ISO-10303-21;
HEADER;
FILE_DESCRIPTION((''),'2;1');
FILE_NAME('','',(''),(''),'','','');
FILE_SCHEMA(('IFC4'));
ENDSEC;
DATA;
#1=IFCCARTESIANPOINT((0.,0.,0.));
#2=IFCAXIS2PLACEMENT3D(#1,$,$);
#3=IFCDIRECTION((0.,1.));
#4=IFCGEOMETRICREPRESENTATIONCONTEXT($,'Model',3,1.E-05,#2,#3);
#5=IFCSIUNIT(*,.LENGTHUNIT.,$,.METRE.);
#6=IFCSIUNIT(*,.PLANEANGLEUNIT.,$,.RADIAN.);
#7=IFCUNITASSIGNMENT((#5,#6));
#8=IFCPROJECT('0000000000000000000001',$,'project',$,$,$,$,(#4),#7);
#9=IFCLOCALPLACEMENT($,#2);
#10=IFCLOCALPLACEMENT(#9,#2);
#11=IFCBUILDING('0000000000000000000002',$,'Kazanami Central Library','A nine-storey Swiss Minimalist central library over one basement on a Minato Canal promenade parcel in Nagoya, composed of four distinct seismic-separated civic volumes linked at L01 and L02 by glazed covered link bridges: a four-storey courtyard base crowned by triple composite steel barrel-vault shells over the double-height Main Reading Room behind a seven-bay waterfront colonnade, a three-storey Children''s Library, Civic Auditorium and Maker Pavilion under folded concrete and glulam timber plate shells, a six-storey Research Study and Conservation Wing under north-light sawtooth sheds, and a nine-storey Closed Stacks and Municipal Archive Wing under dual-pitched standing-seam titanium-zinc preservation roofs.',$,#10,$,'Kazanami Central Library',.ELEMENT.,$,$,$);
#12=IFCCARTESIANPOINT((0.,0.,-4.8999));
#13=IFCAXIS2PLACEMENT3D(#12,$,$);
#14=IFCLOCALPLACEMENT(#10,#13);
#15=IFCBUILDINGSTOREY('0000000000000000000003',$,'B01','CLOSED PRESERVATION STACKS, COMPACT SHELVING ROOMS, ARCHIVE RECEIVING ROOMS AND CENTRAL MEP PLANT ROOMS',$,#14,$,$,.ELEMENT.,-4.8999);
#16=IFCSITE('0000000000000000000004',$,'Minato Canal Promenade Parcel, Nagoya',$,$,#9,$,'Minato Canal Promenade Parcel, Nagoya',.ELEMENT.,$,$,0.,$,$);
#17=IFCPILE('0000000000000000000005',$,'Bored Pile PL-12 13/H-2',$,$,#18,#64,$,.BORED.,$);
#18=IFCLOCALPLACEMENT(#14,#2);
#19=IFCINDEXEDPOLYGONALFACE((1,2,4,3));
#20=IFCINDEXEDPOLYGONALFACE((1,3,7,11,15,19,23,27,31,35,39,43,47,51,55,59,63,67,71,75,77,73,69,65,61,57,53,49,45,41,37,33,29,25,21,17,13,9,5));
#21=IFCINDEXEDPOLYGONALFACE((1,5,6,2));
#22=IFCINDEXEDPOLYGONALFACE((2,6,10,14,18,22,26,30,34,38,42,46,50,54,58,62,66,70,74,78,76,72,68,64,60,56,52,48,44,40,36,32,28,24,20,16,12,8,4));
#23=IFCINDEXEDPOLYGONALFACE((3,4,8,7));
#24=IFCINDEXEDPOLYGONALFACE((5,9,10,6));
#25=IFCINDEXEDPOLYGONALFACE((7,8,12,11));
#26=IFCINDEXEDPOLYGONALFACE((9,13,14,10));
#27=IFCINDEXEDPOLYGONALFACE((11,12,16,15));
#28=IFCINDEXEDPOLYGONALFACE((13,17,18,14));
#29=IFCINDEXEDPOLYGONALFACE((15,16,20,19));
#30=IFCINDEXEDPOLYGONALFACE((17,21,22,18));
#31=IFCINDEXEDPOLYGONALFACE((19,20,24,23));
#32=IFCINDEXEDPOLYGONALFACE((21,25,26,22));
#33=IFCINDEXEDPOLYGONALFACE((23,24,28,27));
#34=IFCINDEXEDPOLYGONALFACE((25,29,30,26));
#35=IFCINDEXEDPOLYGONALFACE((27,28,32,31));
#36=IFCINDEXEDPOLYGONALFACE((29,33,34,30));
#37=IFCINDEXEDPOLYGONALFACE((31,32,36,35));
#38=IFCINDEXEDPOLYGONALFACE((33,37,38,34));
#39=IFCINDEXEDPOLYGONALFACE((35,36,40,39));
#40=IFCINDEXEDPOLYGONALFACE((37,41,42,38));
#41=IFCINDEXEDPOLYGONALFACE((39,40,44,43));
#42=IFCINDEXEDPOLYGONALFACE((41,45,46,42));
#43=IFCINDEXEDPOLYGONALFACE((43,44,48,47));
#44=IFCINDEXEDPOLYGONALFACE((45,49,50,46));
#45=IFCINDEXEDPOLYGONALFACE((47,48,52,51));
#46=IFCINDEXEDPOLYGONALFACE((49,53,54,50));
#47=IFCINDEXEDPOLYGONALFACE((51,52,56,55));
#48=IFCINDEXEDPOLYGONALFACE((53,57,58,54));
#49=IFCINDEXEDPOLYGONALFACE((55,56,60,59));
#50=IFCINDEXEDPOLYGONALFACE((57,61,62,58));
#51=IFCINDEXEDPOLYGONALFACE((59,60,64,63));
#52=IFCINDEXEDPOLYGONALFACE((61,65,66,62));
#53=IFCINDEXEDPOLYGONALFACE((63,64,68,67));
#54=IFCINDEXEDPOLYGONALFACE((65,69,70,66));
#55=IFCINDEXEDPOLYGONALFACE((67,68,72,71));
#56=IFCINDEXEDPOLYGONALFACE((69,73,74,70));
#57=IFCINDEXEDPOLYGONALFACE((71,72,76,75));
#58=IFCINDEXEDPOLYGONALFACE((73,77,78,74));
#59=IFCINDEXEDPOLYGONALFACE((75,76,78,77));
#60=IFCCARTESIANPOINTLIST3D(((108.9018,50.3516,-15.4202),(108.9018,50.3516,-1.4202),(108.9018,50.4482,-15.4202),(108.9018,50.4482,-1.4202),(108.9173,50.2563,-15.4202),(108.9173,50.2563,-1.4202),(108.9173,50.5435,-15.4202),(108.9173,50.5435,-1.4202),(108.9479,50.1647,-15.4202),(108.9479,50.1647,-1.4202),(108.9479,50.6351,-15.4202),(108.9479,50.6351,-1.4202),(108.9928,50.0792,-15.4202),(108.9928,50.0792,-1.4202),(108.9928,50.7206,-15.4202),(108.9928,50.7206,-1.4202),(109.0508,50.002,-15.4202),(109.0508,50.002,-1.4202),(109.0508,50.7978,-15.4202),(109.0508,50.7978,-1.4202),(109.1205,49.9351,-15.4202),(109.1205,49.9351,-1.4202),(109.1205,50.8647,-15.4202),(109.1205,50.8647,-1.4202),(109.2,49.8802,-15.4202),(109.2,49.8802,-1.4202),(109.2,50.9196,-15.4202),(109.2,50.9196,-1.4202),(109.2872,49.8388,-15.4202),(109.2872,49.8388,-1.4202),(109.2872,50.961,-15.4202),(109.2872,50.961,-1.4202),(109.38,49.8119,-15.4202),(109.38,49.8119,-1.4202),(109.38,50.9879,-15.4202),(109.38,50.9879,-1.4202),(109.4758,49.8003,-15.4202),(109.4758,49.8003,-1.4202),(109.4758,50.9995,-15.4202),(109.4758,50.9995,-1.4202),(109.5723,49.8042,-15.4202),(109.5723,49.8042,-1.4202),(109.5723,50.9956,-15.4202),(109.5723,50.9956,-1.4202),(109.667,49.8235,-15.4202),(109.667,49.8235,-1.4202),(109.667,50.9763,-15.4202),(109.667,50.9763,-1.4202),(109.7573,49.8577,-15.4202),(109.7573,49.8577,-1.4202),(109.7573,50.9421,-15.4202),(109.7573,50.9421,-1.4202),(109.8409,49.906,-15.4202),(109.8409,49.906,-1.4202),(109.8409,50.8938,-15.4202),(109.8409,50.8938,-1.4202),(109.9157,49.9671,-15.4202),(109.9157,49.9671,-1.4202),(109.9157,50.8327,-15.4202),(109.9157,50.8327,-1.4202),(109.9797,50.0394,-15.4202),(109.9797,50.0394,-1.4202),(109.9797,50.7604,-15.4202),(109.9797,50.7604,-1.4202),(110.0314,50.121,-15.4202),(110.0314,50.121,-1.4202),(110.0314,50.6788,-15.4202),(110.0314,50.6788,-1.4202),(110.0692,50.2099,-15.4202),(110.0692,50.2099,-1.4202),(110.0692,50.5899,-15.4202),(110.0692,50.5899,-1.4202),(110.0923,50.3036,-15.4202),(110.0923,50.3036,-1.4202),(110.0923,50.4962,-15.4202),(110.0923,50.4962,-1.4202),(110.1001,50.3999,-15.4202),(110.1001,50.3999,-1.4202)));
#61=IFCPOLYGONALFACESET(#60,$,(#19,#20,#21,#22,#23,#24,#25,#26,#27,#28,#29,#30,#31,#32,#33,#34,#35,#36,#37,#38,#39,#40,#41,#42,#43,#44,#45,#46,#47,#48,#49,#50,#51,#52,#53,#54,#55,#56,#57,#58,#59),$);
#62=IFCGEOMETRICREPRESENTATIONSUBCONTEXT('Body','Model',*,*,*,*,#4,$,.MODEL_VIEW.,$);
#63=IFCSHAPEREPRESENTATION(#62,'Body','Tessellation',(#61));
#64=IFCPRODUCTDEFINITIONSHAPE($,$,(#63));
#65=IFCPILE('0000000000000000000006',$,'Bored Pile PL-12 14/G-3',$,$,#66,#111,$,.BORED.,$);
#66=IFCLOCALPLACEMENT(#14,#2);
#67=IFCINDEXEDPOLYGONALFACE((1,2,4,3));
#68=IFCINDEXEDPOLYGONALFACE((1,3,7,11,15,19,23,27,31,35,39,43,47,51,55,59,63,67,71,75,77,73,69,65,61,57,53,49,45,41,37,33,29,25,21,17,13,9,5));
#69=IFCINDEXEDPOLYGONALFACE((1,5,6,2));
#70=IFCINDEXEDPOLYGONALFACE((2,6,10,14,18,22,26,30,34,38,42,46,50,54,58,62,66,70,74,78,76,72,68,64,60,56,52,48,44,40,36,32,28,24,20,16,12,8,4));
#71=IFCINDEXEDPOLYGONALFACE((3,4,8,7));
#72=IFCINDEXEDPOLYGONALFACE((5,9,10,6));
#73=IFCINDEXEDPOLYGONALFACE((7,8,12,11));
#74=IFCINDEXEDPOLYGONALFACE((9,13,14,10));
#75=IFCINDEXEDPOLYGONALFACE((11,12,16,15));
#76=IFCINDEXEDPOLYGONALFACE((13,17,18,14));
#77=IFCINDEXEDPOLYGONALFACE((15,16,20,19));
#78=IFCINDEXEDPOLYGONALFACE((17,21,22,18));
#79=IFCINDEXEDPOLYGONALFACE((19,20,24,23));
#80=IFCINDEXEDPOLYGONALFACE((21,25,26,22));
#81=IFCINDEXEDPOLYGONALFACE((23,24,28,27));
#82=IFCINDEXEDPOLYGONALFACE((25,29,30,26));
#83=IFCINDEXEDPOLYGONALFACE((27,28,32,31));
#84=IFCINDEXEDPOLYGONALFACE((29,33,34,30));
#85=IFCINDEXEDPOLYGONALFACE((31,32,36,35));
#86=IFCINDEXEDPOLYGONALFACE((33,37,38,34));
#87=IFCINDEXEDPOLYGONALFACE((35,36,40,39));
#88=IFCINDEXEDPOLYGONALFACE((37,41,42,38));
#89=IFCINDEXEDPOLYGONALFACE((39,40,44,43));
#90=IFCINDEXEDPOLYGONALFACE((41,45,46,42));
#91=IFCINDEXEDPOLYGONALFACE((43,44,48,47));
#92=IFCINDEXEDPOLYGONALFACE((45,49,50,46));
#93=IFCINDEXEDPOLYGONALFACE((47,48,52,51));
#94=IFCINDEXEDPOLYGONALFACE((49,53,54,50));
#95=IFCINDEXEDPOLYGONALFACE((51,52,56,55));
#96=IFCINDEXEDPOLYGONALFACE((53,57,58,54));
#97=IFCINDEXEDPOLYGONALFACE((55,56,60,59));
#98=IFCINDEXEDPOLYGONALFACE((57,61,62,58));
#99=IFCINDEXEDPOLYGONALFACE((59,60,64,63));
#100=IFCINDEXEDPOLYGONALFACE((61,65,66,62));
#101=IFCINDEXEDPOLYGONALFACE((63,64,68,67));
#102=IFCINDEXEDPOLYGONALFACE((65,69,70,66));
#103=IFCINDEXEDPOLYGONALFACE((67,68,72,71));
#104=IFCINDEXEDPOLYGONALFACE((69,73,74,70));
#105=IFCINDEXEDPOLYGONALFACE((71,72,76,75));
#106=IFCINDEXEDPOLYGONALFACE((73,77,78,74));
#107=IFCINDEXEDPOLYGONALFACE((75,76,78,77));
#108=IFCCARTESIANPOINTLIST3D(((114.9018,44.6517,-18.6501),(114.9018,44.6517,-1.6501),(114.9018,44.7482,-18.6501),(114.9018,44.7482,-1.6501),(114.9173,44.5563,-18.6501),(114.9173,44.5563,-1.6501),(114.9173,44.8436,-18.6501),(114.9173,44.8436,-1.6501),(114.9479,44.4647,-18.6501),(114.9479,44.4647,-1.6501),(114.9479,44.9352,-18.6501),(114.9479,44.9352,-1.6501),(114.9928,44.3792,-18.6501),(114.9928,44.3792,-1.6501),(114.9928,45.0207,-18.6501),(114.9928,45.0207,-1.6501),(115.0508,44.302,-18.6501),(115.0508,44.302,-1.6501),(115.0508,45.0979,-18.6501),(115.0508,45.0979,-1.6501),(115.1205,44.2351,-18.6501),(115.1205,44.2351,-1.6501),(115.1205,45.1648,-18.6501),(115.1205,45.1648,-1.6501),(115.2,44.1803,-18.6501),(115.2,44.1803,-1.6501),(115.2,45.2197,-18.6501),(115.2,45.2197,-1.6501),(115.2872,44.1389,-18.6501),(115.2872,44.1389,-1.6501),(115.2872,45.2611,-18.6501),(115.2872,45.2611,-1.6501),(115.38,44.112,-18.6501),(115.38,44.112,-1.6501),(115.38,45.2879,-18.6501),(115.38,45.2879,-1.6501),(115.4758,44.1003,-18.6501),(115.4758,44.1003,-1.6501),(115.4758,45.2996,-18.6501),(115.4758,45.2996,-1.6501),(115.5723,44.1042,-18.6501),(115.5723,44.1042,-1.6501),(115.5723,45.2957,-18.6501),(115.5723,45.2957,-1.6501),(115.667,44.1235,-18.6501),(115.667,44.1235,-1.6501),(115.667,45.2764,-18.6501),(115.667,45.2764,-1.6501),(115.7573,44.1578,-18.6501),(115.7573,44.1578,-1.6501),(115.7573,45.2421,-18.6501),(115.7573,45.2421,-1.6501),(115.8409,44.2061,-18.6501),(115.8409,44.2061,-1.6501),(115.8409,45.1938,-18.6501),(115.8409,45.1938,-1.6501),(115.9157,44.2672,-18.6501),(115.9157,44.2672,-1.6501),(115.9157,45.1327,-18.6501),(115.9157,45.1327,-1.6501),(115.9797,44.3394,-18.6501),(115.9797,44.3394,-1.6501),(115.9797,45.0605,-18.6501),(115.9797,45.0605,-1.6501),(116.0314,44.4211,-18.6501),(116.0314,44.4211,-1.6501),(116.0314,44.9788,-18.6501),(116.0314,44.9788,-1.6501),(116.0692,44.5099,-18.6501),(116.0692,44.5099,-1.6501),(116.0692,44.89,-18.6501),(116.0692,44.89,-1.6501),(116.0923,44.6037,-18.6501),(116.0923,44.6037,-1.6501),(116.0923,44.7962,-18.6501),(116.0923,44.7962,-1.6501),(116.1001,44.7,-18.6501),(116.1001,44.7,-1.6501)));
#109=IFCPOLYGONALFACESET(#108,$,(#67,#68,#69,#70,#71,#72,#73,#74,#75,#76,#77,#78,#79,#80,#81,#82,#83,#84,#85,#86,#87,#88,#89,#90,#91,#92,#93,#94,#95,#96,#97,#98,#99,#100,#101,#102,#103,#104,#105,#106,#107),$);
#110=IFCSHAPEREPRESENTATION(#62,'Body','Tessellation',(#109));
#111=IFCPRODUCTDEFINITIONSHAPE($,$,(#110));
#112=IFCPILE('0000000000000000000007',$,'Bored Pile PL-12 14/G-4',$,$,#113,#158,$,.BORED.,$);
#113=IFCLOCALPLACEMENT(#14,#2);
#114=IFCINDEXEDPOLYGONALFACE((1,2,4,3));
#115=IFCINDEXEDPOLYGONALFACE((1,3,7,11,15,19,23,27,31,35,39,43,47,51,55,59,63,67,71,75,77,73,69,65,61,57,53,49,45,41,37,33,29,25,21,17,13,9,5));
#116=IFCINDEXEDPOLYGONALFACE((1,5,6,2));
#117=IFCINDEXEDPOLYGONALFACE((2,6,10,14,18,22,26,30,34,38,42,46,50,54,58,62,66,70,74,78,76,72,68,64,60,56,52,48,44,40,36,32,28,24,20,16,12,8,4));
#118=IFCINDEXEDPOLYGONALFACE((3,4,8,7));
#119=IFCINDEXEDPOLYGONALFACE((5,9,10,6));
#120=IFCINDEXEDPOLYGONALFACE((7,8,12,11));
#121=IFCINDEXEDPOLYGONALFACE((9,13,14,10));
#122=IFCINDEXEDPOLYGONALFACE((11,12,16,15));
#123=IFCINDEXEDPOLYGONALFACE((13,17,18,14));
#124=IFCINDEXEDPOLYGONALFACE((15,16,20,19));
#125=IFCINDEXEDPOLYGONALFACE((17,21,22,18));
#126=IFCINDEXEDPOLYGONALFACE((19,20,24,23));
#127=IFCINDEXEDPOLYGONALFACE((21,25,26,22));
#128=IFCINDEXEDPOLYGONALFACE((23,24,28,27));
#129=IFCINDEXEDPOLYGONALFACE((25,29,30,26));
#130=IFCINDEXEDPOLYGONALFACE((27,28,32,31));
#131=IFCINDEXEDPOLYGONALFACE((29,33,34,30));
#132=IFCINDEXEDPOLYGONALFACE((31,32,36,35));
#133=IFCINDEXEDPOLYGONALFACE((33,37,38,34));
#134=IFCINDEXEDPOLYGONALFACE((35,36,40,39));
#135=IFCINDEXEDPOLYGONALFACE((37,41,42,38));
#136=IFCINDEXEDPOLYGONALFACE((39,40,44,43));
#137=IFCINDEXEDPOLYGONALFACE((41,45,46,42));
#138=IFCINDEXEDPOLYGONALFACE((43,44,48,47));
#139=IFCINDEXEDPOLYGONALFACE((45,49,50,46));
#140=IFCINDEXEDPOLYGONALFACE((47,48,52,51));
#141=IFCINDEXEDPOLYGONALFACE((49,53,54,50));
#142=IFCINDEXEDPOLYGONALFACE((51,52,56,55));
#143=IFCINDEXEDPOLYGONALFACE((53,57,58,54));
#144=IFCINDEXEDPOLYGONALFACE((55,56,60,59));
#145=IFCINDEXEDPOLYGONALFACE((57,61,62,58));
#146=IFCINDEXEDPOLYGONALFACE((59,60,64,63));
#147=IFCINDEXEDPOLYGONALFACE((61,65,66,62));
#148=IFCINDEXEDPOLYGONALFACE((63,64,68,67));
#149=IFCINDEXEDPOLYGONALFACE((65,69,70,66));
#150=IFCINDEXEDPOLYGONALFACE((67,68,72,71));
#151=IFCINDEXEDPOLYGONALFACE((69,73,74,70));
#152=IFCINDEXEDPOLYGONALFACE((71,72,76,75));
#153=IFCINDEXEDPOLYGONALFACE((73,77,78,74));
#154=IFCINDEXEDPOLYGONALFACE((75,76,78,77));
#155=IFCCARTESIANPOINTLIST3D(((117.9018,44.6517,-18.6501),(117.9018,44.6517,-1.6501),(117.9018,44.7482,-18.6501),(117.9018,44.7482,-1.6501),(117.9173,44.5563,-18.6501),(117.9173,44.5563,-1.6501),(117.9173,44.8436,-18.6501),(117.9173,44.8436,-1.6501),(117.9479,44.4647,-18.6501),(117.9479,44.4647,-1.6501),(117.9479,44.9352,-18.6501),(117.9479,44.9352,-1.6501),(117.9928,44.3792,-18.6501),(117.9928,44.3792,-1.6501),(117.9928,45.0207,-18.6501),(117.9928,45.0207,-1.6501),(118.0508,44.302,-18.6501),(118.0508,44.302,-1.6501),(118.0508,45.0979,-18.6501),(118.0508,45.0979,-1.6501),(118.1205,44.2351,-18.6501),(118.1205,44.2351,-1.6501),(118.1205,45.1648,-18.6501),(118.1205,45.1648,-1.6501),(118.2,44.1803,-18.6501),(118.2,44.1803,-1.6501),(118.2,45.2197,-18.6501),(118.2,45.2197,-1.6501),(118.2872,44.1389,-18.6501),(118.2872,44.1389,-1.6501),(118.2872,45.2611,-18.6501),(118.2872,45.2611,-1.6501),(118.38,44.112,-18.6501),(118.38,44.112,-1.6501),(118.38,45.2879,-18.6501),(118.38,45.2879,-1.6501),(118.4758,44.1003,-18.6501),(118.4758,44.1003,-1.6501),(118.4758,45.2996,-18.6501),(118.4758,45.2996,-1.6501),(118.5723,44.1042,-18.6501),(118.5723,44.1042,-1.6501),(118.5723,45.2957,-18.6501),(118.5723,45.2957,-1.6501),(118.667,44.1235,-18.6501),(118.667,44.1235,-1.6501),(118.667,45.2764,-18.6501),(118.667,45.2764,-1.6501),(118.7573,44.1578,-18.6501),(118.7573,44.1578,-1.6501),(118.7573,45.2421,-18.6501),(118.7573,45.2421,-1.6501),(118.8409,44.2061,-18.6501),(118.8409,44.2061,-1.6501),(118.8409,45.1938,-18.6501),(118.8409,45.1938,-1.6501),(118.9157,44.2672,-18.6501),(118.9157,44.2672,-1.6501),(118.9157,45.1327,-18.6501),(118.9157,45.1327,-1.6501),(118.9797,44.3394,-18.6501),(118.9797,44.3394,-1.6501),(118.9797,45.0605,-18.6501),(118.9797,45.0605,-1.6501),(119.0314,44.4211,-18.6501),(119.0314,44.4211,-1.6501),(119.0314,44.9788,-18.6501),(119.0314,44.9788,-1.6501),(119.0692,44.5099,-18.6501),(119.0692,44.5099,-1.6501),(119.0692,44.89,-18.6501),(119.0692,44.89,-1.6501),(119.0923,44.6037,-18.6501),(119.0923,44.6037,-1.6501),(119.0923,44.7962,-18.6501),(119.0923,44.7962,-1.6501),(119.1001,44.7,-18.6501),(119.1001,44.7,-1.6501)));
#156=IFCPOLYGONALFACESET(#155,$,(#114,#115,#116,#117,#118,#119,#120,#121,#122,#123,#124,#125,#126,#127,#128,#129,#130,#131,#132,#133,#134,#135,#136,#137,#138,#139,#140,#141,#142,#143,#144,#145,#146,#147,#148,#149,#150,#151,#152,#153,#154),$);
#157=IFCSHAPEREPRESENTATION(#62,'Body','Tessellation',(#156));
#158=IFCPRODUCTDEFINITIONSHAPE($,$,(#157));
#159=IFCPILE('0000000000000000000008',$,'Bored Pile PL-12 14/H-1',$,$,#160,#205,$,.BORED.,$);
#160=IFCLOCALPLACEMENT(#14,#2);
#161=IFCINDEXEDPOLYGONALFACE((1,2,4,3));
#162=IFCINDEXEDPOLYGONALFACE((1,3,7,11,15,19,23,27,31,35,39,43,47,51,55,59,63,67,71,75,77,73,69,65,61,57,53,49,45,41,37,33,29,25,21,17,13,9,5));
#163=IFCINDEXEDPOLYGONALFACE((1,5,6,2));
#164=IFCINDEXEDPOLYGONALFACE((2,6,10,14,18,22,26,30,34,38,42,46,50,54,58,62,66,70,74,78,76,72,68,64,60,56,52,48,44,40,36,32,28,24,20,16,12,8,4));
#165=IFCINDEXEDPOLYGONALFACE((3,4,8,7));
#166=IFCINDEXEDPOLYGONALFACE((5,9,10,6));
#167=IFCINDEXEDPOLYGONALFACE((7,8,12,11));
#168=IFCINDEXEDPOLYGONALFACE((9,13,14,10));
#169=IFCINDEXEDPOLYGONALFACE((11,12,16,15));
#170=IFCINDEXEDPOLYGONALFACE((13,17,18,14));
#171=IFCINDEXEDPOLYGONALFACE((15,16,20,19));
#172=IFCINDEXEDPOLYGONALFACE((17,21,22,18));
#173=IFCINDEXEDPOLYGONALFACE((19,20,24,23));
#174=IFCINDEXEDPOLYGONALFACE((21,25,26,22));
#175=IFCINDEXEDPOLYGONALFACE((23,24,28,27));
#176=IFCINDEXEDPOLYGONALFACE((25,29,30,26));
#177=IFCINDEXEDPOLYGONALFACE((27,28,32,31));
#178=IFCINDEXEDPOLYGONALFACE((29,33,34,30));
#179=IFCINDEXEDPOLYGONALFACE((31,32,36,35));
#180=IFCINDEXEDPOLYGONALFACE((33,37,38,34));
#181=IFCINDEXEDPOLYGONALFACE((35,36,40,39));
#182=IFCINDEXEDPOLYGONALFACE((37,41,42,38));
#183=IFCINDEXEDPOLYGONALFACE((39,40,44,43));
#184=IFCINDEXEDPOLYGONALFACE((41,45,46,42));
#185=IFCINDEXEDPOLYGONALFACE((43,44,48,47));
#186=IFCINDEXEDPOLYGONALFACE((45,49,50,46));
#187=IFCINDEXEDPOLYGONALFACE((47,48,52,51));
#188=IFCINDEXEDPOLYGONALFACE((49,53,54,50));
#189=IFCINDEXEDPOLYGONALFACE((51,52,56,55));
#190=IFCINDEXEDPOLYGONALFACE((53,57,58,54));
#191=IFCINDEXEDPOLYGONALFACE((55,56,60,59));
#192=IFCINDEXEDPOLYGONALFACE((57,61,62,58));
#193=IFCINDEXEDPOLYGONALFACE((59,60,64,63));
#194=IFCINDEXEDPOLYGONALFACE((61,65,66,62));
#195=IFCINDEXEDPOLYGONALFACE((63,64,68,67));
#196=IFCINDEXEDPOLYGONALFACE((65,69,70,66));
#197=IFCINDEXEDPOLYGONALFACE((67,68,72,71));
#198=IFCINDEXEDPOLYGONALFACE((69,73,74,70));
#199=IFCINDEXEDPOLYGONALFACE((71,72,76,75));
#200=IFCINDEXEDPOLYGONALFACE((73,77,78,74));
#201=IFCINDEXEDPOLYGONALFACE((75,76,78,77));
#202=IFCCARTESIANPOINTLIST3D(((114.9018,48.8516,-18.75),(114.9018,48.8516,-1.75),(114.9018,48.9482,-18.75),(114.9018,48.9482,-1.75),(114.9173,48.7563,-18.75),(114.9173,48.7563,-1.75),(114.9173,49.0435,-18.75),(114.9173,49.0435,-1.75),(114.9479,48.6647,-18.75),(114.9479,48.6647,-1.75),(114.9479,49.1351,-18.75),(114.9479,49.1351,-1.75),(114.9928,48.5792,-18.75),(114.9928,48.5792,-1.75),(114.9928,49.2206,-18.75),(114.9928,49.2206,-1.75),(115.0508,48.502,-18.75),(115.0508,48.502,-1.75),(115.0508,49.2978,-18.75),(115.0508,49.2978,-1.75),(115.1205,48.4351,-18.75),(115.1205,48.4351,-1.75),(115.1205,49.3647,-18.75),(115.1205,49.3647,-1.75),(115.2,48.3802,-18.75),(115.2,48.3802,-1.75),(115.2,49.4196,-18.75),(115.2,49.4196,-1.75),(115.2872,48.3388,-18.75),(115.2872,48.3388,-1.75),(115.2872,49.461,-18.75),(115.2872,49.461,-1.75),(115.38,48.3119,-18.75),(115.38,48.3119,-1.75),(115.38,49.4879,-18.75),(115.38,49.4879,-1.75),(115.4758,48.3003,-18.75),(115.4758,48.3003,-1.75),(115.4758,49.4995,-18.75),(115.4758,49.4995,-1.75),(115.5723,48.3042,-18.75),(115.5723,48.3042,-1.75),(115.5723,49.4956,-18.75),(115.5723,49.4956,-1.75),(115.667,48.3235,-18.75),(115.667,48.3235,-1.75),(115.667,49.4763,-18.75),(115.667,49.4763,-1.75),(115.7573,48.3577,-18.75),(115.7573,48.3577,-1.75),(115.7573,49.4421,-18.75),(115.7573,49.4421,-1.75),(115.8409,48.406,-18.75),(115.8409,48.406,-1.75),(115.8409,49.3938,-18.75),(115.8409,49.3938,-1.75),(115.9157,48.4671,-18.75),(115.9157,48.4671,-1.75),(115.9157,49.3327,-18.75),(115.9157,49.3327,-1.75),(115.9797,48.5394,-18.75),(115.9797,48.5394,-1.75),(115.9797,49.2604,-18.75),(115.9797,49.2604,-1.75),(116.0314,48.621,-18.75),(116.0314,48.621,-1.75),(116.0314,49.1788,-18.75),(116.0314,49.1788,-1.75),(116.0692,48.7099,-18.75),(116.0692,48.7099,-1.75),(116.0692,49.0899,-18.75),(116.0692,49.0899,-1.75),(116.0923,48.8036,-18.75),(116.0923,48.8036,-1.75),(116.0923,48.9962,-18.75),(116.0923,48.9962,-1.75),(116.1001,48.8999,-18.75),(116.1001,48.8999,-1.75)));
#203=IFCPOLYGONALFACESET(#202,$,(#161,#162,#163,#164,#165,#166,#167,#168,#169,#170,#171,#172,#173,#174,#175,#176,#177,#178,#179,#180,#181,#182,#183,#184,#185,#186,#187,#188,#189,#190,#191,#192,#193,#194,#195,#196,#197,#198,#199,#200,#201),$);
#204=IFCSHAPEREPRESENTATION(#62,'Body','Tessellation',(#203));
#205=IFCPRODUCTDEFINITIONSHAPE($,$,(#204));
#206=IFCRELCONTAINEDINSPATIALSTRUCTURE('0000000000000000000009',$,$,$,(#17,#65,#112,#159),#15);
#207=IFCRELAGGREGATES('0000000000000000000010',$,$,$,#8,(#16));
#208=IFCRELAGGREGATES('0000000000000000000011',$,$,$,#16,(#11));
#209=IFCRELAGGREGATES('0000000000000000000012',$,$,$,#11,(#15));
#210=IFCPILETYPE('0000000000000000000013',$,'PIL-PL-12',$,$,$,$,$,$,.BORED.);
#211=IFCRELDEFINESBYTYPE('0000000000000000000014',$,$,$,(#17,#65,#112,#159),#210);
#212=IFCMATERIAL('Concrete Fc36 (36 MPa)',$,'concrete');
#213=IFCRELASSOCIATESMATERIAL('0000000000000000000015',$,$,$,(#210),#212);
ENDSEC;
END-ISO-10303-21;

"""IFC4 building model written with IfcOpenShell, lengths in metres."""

from ifc_helpers import new_model, si_unit, direction, frame, origin, origin_2d, place, context, subcontext, project, spatial, circle, extrude, material, material_profile, profile_set, type_object, element, save


model = new_model("IFC4")

# Units and contexts
model_context = context("Model", 3, precision=1e-05, world=origin(), true_north=direction((0.0, 1.0)))
body_context = subcontext(model_context, "Body", "Model", "MODEL_VIEW")
ifc_project = project(units=[si_unit("LENGTHUNIT", "METRE"), si_unit("PLANEANGLEUNIT", "RADIAN")], contexts=[model_context])

# Site, building, storey
site_placement = place(None, origin())
site = spatial("IfcSite", under=ifc_project, at=site_placement, Name="Minato Canal Promenade Parcel, Nagoya", LongName="Minato Canal Promenade Parcel, Nagoya", CompositionType="ELEMENT", RefElevation=0.0)
building_placement = place(site_placement, origin())
building = spatial("IfcBuilding", under=site, at=building_placement, Name="Kazanami Central Library", Description="A nine-storey Swiss Minimalist central library over one basement on a Minato Canal promenade parcel in Nagoya, composed of four distinct seismic-separated civic volumes linked at L01 and L02 by glazed covered link bridges: a four-storey courtyard base crowned by triple composite steel barrel-vault shells over the double-height Main Reading Room behind a seven-bay waterfront colonnade, a three-storey Children's Library, Civic Auditorium and Maker Pavilion under folded concrete and glulam timber plate shells, a six-storey Research Study and Conservation Wing under north-light sawtooth sheds, and a nine-storey Closed Stacks and Municipal Archive Wing under dual-pitched standing-seam titanium-zinc preservation roofs.", LongName="Kazanami Central Library", CompositionType="ELEMENT")
storey_placement = place(building_placement, frame((0.0, 0.0, -4.8999)))
storey = spatial("IfcBuildingStorey", under=building, at=storey_placement, Name="B01", Description="CLOSED PRESERVATION STACKS, COMPACT SHELVING ROOMS, ARCHIVE RECEIVING ROOMS AND CENTRAL MEP PLANT ROOMS", CompositionType="ELEMENT", Elevation=-4.8999)

# Shared definitions
ifc_material_1 = material(Name="Concrete Fc36 (36 MPa)", Category="concrete")

# Piles
ifc_material_profile_1 = material_profile(ifc_material_1, circle(Radius=0.6001, at=origin_2d()), Name="BORED-D1200")
ifc_profile_set_1 = profile_set([ifc_material_profile_1], Name="Concrete Fc36 (36 MPa)")
pile_type_1 = type_object("IfcPileType", Name="PIL-PL-12", PredefinedType="BORED", material=ifc_profile_set_1)
for number, where, z_axis, x_axis, name in (
    (1, (109.5, 50.3999, -1.4202), (0.0, 0.0, -1.0), (1.0, 0.0, 0.0), "Bored Pile PL-12 13/H-2"),
):
    element("IfcPile", number, at=place(storey_placement, frame(where, z_axis=z_axis, x_axis=x_axis)), inside=storey, type_object=pile_type_1, Name=name, PredefinedType="BORED", context=body_context, shape_type="SweptSolid", body=[
        extrude(circle(Radius=0.6001, at=origin_2d()), origin(), (0.0, 0.0, 1.0), 14.0),
    ])
for number, where, z_axis, x_axis, name in (
    (2, (115.5, 44.7, -1.6501), (0.0, 0.0, -1.0), (1.0, 0.0, 0.0), "Bored Pile PL-12 14/G-3"),
    (3, (118.5, 44.7, -1.6501), (0.0, 0.0, -1.0), (1.0, 0.0, 0.0), "Bored Pile PL-12 14/G-4"),
    (4, (115.5, 48.8999, -1.75), (0.0, 0.0, -1.0), (1.0, 0.0, 0.0), "Bored Pile PL-12 14/H-1"),
):
    element("IfcPile", number, at=place(storey_placement, frame(where, z_axis=z_axis, x_axis=x_axis)), inside=storey, type_object=pile_type_1, Name=name, PredefinedType="BORED", context=body_context, shape_type="SweptSolid", body=[
        extrude(circle(Radius=0.6001, at=origin_2d()), origin(), (0.0, 0.0, 1.0), 17.0),
    ])

save(model, "model.ifc")
